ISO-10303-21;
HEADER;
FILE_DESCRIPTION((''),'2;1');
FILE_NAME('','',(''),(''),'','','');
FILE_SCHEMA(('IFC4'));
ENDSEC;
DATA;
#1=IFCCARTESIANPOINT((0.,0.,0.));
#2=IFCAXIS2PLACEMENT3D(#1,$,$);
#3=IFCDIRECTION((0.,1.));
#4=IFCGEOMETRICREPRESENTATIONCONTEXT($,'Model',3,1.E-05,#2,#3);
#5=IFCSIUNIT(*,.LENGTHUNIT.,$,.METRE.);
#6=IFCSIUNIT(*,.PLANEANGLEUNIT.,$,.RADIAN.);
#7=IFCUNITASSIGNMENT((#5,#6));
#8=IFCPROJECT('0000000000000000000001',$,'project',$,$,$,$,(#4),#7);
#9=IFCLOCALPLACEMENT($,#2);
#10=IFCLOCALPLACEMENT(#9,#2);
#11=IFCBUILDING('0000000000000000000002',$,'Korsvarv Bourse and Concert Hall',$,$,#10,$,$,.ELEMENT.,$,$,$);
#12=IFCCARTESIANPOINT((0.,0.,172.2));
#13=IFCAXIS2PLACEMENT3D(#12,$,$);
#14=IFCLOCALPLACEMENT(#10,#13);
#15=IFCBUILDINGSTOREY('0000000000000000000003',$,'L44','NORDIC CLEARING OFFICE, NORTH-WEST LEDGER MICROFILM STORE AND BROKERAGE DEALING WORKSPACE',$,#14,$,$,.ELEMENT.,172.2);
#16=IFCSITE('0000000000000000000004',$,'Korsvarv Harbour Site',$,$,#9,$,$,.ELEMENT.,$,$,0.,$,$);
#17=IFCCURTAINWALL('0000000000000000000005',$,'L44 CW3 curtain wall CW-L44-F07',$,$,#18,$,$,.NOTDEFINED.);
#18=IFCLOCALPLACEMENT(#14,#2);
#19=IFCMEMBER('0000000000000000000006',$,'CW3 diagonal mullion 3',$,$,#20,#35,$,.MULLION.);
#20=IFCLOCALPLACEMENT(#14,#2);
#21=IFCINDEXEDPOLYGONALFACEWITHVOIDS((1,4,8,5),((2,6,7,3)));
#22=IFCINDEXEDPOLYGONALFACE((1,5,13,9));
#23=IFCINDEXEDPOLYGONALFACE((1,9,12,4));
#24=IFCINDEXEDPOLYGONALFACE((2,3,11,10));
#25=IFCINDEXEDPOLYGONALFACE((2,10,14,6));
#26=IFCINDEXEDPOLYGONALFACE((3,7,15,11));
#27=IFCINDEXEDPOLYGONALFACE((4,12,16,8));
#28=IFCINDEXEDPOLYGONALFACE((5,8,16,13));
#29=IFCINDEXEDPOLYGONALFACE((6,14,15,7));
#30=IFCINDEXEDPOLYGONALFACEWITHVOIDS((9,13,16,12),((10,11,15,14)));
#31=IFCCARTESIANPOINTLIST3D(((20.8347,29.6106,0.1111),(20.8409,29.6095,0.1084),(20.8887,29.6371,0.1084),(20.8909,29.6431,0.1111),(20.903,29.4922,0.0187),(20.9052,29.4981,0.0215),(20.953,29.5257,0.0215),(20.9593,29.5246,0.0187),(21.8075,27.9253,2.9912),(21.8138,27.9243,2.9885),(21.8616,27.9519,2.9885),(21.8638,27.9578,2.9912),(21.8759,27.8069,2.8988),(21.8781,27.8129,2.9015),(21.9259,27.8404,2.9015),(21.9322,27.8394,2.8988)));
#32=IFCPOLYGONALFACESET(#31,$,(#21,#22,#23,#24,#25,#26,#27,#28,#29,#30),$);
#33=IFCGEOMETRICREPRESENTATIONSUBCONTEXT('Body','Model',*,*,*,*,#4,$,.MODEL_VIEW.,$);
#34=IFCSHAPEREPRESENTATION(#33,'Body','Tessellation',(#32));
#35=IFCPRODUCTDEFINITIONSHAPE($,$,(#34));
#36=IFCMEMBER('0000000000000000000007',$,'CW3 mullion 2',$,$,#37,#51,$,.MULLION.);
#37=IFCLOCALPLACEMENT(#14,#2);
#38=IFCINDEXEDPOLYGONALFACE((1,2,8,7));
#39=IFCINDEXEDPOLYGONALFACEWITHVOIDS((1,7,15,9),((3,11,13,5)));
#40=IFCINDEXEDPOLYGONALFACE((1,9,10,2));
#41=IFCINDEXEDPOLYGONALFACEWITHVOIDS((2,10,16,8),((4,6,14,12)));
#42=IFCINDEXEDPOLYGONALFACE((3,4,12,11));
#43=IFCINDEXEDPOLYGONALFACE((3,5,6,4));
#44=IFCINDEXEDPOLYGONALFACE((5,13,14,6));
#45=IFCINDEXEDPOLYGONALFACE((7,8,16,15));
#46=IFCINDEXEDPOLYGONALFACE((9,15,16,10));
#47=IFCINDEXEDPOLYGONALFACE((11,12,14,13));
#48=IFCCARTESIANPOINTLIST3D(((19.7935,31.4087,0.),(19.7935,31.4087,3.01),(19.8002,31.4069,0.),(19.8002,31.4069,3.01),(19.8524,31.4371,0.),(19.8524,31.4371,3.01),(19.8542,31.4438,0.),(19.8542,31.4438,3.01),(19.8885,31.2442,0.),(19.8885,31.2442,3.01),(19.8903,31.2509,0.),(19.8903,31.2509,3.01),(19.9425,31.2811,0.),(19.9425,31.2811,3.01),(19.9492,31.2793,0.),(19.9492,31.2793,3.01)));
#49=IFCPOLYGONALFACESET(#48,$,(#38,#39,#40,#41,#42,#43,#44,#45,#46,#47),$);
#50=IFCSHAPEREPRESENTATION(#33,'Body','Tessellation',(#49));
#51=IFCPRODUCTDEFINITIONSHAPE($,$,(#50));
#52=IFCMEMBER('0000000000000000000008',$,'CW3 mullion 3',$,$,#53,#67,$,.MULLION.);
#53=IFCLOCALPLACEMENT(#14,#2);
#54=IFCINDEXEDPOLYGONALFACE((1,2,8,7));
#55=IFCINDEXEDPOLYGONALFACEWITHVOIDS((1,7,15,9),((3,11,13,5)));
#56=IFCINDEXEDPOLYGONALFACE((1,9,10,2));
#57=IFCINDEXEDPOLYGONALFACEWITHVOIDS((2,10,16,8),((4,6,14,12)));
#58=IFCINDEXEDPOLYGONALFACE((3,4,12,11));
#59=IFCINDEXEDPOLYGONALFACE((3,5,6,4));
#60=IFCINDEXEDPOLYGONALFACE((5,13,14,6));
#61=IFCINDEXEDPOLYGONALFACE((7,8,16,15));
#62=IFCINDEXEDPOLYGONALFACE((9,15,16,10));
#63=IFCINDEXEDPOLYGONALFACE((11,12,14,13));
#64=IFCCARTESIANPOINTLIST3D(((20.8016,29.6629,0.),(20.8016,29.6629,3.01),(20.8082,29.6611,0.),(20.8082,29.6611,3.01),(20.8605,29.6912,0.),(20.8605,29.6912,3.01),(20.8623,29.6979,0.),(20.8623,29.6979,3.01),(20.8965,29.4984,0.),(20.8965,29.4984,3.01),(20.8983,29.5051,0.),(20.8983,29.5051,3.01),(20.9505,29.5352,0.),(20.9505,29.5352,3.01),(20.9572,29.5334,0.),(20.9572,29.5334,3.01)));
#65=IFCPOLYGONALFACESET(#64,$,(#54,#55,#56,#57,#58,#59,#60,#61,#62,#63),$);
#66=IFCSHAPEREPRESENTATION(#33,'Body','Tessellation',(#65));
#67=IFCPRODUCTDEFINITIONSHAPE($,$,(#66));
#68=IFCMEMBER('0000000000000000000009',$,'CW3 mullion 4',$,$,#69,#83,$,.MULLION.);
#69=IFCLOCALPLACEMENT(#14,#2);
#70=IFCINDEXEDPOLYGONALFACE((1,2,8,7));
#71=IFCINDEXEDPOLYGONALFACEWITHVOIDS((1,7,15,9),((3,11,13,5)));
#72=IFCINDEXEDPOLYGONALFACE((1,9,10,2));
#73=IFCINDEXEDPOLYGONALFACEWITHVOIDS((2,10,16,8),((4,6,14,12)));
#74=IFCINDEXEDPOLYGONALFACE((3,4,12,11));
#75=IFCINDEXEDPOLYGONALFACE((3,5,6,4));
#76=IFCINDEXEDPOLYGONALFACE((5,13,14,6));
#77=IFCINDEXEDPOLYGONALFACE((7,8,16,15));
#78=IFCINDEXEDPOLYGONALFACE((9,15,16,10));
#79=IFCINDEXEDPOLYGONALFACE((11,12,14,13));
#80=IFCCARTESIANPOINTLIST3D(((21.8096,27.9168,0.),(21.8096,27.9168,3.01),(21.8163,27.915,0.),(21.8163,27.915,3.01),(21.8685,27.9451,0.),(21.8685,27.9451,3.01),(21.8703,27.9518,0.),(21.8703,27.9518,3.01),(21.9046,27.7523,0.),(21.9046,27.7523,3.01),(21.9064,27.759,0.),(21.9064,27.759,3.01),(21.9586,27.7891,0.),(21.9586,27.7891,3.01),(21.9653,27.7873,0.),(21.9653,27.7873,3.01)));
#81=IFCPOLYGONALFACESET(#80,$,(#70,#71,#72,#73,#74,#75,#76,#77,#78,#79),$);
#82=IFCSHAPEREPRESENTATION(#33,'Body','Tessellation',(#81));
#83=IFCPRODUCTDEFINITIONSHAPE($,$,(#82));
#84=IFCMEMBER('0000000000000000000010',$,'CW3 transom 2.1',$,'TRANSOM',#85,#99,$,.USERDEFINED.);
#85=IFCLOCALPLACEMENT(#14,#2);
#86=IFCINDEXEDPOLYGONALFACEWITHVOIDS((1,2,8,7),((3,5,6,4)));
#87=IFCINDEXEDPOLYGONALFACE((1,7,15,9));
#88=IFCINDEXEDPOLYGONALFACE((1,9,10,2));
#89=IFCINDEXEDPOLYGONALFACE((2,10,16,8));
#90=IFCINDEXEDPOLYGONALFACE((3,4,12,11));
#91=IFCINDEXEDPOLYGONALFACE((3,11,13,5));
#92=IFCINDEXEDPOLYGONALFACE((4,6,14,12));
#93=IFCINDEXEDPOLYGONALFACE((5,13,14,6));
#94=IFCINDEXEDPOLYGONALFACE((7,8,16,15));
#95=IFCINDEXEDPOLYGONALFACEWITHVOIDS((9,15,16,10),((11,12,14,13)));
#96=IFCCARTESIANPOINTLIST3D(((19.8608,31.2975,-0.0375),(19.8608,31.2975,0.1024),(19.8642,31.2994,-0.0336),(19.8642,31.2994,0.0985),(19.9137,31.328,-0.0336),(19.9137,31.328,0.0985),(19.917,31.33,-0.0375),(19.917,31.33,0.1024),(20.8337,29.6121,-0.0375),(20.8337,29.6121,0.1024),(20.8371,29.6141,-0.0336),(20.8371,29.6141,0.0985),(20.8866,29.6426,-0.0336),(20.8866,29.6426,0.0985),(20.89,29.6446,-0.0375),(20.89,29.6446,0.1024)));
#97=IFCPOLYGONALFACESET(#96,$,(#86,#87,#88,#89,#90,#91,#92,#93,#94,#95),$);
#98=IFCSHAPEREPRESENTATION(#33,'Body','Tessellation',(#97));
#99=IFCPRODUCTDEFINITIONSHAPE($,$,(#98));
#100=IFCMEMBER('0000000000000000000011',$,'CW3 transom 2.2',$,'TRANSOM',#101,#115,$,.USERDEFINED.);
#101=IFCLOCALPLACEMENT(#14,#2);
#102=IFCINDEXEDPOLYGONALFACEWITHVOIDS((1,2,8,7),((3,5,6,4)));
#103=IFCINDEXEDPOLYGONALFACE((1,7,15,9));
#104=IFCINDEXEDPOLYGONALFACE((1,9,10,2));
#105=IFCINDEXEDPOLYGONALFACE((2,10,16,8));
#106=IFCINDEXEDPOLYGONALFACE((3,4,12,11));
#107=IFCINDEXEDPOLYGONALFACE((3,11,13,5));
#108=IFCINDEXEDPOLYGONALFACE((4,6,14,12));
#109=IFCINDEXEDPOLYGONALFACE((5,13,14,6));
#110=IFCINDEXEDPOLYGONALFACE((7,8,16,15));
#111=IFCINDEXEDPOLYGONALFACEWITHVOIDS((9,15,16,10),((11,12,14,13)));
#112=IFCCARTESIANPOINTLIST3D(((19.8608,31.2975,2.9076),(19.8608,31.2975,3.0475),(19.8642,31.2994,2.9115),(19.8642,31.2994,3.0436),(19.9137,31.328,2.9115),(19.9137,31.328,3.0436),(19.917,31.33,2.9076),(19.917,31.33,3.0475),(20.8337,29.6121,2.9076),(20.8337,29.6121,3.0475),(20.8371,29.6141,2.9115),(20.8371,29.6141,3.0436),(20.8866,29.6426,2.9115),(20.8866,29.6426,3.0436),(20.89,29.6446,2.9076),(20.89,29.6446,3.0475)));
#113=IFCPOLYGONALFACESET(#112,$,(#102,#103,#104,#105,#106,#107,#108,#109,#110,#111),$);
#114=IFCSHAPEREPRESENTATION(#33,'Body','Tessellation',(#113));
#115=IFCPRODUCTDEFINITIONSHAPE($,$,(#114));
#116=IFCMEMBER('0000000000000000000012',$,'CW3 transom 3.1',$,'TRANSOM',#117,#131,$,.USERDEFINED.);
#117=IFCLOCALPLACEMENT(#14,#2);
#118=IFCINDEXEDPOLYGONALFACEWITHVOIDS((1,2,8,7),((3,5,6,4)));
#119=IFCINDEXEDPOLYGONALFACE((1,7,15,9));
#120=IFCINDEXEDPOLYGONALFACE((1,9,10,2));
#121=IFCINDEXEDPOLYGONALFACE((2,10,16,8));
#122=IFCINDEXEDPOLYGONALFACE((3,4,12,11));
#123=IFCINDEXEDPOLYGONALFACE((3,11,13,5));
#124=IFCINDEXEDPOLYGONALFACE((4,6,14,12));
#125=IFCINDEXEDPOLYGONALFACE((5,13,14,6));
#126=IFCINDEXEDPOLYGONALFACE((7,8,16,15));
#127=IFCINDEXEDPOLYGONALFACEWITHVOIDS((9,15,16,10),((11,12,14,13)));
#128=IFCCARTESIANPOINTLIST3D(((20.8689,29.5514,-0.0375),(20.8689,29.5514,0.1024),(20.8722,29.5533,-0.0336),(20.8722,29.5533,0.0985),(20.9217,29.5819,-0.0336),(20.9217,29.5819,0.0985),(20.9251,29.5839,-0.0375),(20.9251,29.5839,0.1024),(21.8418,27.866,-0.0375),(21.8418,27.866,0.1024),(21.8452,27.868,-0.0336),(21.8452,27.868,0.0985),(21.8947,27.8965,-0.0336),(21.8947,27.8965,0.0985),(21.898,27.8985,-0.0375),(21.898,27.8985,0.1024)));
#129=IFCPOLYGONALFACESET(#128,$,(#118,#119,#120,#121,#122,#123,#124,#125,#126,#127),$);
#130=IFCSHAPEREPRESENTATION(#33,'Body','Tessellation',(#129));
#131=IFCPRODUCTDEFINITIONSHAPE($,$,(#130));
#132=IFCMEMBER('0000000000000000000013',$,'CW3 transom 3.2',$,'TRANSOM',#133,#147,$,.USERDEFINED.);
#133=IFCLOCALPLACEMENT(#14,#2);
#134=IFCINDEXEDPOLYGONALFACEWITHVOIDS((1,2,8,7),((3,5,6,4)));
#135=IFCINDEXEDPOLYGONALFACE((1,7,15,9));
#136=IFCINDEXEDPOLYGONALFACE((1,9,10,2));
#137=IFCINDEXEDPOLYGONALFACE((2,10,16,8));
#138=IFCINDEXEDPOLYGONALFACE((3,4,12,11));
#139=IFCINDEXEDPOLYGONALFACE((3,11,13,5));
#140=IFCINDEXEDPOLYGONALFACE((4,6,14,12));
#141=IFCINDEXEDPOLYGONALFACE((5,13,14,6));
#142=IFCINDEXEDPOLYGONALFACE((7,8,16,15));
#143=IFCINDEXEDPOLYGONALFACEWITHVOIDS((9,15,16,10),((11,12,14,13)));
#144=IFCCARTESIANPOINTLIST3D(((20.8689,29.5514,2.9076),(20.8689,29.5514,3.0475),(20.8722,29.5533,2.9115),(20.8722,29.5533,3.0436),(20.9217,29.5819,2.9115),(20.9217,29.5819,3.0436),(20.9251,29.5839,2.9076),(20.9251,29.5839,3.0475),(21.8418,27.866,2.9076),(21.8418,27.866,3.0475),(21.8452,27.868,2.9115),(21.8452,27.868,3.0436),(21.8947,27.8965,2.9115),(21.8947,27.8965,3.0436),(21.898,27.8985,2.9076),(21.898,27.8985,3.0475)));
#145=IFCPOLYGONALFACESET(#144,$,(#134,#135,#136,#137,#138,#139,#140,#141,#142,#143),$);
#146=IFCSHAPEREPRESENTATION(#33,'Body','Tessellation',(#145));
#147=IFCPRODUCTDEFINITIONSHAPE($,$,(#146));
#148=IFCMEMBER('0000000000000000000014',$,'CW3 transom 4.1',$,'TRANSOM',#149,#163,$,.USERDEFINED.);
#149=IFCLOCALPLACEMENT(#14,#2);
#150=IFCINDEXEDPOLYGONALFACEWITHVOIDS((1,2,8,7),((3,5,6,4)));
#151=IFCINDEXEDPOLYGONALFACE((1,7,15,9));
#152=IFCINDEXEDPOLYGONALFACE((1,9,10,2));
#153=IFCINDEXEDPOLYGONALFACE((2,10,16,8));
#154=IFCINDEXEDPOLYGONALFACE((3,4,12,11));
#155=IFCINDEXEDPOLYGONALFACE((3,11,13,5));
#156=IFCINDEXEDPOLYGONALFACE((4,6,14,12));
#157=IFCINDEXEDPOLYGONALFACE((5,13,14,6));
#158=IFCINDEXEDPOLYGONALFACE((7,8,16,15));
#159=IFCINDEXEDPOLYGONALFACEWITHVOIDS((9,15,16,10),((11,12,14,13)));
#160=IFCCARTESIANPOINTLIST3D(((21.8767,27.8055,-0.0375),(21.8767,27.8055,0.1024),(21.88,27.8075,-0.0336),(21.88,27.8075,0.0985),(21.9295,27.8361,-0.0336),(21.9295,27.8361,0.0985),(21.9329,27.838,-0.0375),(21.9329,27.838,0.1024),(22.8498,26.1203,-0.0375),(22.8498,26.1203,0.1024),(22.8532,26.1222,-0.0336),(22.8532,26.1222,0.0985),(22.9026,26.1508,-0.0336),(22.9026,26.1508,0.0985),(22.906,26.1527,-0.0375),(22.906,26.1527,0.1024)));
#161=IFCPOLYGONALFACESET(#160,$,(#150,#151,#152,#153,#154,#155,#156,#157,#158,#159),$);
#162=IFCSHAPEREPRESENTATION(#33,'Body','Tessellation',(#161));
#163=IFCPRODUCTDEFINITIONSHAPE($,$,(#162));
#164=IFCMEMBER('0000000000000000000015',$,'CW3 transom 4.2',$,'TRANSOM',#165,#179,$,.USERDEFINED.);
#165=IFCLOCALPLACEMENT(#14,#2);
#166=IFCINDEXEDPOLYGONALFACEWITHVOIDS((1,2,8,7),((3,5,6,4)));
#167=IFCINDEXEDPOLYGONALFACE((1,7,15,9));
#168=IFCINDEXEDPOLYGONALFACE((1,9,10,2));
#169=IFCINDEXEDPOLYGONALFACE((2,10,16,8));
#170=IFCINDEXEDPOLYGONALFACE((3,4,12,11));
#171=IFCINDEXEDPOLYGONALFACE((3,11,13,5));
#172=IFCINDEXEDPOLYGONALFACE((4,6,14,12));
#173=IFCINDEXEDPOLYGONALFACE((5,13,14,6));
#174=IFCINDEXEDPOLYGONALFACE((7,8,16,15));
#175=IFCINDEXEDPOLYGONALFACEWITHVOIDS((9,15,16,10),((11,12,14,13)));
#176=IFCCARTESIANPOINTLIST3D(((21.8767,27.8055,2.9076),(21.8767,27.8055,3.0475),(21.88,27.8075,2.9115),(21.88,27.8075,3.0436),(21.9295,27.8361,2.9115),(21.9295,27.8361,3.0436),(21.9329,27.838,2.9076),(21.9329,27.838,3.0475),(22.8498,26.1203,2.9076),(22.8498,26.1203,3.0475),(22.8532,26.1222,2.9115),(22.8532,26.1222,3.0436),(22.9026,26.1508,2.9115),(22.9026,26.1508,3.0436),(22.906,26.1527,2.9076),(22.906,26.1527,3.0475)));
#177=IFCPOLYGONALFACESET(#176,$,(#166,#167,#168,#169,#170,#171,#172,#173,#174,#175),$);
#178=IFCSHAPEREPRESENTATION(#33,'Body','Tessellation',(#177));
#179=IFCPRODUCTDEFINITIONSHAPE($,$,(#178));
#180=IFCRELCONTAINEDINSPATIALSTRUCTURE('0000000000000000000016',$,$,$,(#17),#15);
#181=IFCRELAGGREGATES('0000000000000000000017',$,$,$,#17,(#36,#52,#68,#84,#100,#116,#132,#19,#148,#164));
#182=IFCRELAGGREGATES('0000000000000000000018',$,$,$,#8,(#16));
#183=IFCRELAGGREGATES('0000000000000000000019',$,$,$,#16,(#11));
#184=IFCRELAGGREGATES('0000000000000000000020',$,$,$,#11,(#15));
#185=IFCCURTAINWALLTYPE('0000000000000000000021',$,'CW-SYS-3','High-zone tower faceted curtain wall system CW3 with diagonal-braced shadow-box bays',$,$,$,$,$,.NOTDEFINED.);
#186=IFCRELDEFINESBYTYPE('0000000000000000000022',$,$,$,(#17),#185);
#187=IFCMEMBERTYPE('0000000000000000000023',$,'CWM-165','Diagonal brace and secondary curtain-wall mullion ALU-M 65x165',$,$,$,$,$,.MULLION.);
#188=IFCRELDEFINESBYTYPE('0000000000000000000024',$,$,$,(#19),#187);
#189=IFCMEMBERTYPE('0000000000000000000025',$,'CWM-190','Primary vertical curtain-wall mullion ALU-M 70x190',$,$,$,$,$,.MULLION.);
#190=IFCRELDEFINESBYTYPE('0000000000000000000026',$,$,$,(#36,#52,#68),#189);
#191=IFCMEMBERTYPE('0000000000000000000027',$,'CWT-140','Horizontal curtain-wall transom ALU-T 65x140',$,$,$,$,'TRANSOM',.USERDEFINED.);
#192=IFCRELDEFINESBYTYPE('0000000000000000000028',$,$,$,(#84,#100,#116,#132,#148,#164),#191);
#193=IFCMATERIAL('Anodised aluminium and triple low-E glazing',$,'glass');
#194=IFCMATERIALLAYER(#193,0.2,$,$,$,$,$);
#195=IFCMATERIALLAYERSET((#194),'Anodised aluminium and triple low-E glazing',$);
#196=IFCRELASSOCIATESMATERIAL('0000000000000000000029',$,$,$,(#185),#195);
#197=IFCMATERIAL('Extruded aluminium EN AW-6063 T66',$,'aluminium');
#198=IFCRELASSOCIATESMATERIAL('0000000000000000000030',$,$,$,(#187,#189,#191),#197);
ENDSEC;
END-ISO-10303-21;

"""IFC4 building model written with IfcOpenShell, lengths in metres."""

from ifc_helpers import new_model, si_unit, direction, frame, origin, origin_2d, place, context, subcontext, project, spatial, hollow_rectangle, extrude, source, transform, mapped, material, layer, layer_set, material_profile, profile_set, type_object, element, aggregate, save


model = new_model("IFC4")

# Units and contexts
model_context = context("Model", 3, precision=1e-05, world=origin(), true_north=direction((0.0, 1.0)))
body_context = subcontext(model_context, "Body", "Model", "MODEL_VIEW")
ifc_project = project(units=[si_unit("LENGTHUNIT", "METRE"), si_unit("PLANEANGLEUNIT", "RADIAN")], contexts=[model_context])

# Site, building, storey
site_placement = place(None, origin())
site = spatial("IfcSite", under=ifc_project, at=site_placement, Name="Korsvarv Harbour Site", CompositionType="ELEMENT", RefElevation=0.0)
building_placement = place(site_placement, origin())
building = spatial("IfcBuilding", under=site, at=building_placement, Name="Korsvarv Bourse and Concert Hall", CompositionType="ELEMENT")
storey_placement = place(building_placement, frame((0.0, 0.0, 172.2)))
storey = spatial("IfcBuildingStorey", under=building, at=storey_placement, Name="L44", Description="NORDIC CLEARING OFFICE, NORTH-WEST LEDGER MICROFILM STORE AND BROKERAGE DEALING WORKSPACE", CompositionType="ELEMENT", Elevation=172.2)

# Curtain wall, members
ifc_material_1 = material(Name="Anodised aluminium and triple low-E glazing", Category="glass")
ifc_layer_1 = layer(ifc_material_1, 0.2)
ifc_layer_set_1 = layer_set([ifc_layer_1], Name="Anodised aluminium and triple low-E glazing")
curtain_wall_type = type_object("IfcCurtainWallType", Name="CW-SYS-3", Description="High-zone tower faceted curtain wall system CW3 with diagonal-braced shadow-box bays", PredefinedType="NOTDEFINED", material=ifc_layer_set_1)
curtain_wall_placement = place(storey_placement, origin())
curtain_wall = element("IfcCurtainWall", 1, at=curtain_wall_placement, inside=storey, type_object=curtain_wall_type, Name="L44 CW3 curtain wall CW-L44-F07", PredefinedType="NOTDEFINED")
ifc_material_2 = material(Name="Extruded aluminium EN AW-6063 T66", Category="aluminium")
ifc_material_profile_1 = material_profile(ifc_material_2, hollow_rectangle(XDim=0.0649, YDim=0.165, WallThickness=0.0049, at=origin_2d()), Name="ALU-M 65x165")
ifc_profile_set_1 = profile_set([ifc_material_profile_1], Name="Extruded aluminium EN AW-6063 T66")
member_type_1 = type_object("IfcMemberType", Name="CWM-165", Description="Diagonal brace and secondary curtain-wall mullion ALU-M 65x165", PredefinedType="MULLION", material=ifc_profile_set_1)
shared_shape_1 = source(origin(), body_context, "Body", "SweptSolid", [
    extrude(hollow_rectangle(XDim=0.0649, YDim=0.165, WallThickness=0.0049, at=origin_2d()), origin(), (0.0, 0.0, 1.0), 3.4758),
])
member_1_placement = place(storey_placement, frame((20.897, 29.5676, 0.0649), z_axis=(0.279898, -0.484853, 0.828598), x_axis=(0.86605, 0.499958, 0.0)))
member_1 = element("IfcMember", 2, at=member_1_placement, type_object=member_type_1, Name="CW3 diagonal mullion 3", PredefinedType="MULLION", context=body_context, shape_type="MappedRepresentation", body=[
    mapped(shared_shape_1, transform((0.0, 0.0, 0.0), scale=1.0)),
])
ifc_material_profile_2 = material_profile(ifc_material_2, hollow_rectangle(XDim=0.0701, YDim=0.1899, WallThickness=0.0049, at=origin_2d()), Name="ALU-M 70x190")
ifc_profile_set_2 = profile_set([ifc_material_profile_2], Name="Extruded aluminium EN AW-6063 T66")
member_type_2 = type_object("IfcMemberType", Name="CWM-190", Description="Primary vertical curtain-wall mullion ALU-M 70x190", PredefinedType="MULLION", material=ifc_profile_set_2)
shared_shape_2 = source(origin(), body_context, "Body", "SweptSolid", [
    extrude(hollow_rectangle(XDim=0.0701, YDim=0.1899, WallThickness=0.0049, at=origin_2d()), origin(), (0.0, 0.0, 1.0), 3.01),
])
member_2_placement = place(storey_placement, frame((19.8713, 31.344, 0.0), z_axis=(0.0, 0.0, 1.0), x_axis=(0.866029, 0.499994, 0.0)))
member_2 = element("IfcMember", 3, at=member_2_placement, type_object=member_type_2, Name="CW3 mullion 2", PredefinedType="MULLION", context=body_context, shape_type="MappedRepresentation", body=[
    mapped(shared_shape_2, transform((0.0, 0.0, 0.0), scale=1.0)),
])
member_3_placement = place(storey_placement, frame((20.8794, 29.5981, 0.0), z_axis=(0.0, 0.0, 1.0), x_axis=(0.866029, 0.499994, 0.0)))
member_3 = element("IfcMember", 4, at=member_3_placement, type_object=member_type_2, Name="CW3 mullion 3", PredefinedType="MULLION", context=body_context, shape_type="MappedRepresentation", body=[
    mapped(shared_shape_2, transform((0.0, 0.0, 0.0), scale=1.0)),
])
member_4_placement = place(storey_placement, frame((21.8875, 27.8521, 0.0), z_axis=(0.0, 0.0, 1.0), x_axis=(0.866029, 0.499994, 0.0)))
member_4 = element("IfcMember", 5, at=member_4_placement, type_object=member_type_2, Name="CW3 mullion 4", PredefinedType="MULLION", context=body_context, shape_type="MappedRepresentation", body=[
    mapped(shared_shape_2, transform((0.0, 0.0, 0.0), scale=1.0)),
])
ifc_material_profile_3 = material_profile(ifc_material_2, hollow_rectangle(XDim=0.0649, YDim=0.1399, WallThickness=0.0039, at=origin_2d()), Name="ALU-T 65x140")
ifc_profile_set_3 = profile_set([ifc_material_profile_3], Name="Extruded aluminium EN AW-6063 T66")
member_type_3 = type_object("IfcMemberType", Name="CWT-140", Description="Horizontal curtain-wall transom ALU-T 65x140", ElementType="TRANSOM", PredefinedType="USERDEFINED", material=ifc_profile_set_3)
shared_shape_3 = source(origin(), body_context, "Body", "SweptSolid", [
    extrude(hollow_rectangle(XDim=0.0649, YDim=0.1399, WallThickness=0.0039, at=origin_2d()), origin(), (0.0, 0.0, 1.0), 1.946),
])
member_5_placement = place(storey_placement, frame((19.8889, 31.3137, 0.0325), z_axis=(0.499958, -0.86605, 0.0), x_axis=(0.86605, 0.499958, 0.0)))
member_5 = element("IfcMember", 6, at=member_5_placement, type_object=member_type_3, Name="CW3 transom 2.1", ObjectType="TRANSOM", PredefinedType="USERDEFINED", context=body_context, shape_type="MappedRepresentation", body=[
    mapped(shared_shape_3, transform((0.0, 0.0, 0.0), scale=1.0)),
])
member_6_placement = place(storey_placement, frame((19.8889, 31.3137, 2.9775), z_axis=(0.499958, -0.86605, 0.0), x_axis=(0.86605, 0.499958, 0.0)))
member_6 = element("IfcMember", 7, at=member_6_placement, type_object=member_type_3, Name="CW3 transom 2.2", ObjectType="TRANSOM", PredefinedType="USERDEFINED", context=body_context, shape_type="MappedRepresentation", body=[
    mapped(shared_shape_3, transform((0.0, 0.0, 0.0), scale=1.0)),
])
member_7_placement = place(storey_placement, frame((20.897, 29.5676, 0.0325), z_axis=(0.499958, -0.86605, 0.0), x_axis=(0.86605, 0.499958, 0.0)))
member_7 = element("IfcMember", 8, at=member_7_placement, type_object=member_type_3, Name="CW3 transom 3.1", ObjectType="TRANSOM", PredefinedType="USERDEFINED", context=body_context, shape_type="MappedRepresentation", body=[
    mapped(shared_shape_3, transform((0.0, 0.0, 0.0), scale=1.0)),
])
member_8_placement = place(storey_placement, frame((20.897, 29.5676, 2.9775), z_axis=(0.499958, -0.86605, 0.0), x_axis=(0.86605, 0.499958, 0.0)))
member_8 = element("IfcMember", 9, at=member_8_placement, type_object=member_type_3, Name="CW3 transom 3.2", ObjectType="TRANSOM", PredefinedType="USERDEFINED", context=body_context, shape_type="MappedRepresentation", body=[
    mapped(shared_shape_3, transform((0.0, 0.0, 0.0), scale=1.0)),
])
member_9_placement = place(storey_placement, frame((21.9048, 27.8218, 0.0325), z_axis=(0.500052, -0.865995, 0.0), x_axis=(0.865995, 0.500052, 0.0)))
member_9 = element("IfcMember", 10, at=member_9_placement, type_object=member_type_3, Name="CW3 transom 4.1", ObjectType="TRANSOM", PredefinedType="USERDEFINED", context=body_context, shape_type="MappedRepresentation", body=[
    mapped(shared_shape_3, transform((0.0, 0.0, 0.0), scale=1.0)),
])
member_10_placement = place(storey_placement, frame((21.9048, 27.8218, 2.9775), z_axis=(0.500052, -0.865995, 0.0), x_axis=(0.865995, 0.500052, 0.0)))
member_10 = element("IfcMember", 11, at=member_10_placement, type_object=member_type_3, Name="CW3 transom 4.2", ObjectType="TRANSOM", PredefinedType="USERDEFINED", context=body_context, shape_type="MappedRepresentation", body=[
    mapped(shared_shape_3, transform((0.0, 0.0, 0.0), scale=1.0)),
])

aggregate(curtain_wall, [member_2, member_3, member_4, member_5, member_6, member_7, member_8, member_1, member_9, member_10])

save(model, "model.ifc")
